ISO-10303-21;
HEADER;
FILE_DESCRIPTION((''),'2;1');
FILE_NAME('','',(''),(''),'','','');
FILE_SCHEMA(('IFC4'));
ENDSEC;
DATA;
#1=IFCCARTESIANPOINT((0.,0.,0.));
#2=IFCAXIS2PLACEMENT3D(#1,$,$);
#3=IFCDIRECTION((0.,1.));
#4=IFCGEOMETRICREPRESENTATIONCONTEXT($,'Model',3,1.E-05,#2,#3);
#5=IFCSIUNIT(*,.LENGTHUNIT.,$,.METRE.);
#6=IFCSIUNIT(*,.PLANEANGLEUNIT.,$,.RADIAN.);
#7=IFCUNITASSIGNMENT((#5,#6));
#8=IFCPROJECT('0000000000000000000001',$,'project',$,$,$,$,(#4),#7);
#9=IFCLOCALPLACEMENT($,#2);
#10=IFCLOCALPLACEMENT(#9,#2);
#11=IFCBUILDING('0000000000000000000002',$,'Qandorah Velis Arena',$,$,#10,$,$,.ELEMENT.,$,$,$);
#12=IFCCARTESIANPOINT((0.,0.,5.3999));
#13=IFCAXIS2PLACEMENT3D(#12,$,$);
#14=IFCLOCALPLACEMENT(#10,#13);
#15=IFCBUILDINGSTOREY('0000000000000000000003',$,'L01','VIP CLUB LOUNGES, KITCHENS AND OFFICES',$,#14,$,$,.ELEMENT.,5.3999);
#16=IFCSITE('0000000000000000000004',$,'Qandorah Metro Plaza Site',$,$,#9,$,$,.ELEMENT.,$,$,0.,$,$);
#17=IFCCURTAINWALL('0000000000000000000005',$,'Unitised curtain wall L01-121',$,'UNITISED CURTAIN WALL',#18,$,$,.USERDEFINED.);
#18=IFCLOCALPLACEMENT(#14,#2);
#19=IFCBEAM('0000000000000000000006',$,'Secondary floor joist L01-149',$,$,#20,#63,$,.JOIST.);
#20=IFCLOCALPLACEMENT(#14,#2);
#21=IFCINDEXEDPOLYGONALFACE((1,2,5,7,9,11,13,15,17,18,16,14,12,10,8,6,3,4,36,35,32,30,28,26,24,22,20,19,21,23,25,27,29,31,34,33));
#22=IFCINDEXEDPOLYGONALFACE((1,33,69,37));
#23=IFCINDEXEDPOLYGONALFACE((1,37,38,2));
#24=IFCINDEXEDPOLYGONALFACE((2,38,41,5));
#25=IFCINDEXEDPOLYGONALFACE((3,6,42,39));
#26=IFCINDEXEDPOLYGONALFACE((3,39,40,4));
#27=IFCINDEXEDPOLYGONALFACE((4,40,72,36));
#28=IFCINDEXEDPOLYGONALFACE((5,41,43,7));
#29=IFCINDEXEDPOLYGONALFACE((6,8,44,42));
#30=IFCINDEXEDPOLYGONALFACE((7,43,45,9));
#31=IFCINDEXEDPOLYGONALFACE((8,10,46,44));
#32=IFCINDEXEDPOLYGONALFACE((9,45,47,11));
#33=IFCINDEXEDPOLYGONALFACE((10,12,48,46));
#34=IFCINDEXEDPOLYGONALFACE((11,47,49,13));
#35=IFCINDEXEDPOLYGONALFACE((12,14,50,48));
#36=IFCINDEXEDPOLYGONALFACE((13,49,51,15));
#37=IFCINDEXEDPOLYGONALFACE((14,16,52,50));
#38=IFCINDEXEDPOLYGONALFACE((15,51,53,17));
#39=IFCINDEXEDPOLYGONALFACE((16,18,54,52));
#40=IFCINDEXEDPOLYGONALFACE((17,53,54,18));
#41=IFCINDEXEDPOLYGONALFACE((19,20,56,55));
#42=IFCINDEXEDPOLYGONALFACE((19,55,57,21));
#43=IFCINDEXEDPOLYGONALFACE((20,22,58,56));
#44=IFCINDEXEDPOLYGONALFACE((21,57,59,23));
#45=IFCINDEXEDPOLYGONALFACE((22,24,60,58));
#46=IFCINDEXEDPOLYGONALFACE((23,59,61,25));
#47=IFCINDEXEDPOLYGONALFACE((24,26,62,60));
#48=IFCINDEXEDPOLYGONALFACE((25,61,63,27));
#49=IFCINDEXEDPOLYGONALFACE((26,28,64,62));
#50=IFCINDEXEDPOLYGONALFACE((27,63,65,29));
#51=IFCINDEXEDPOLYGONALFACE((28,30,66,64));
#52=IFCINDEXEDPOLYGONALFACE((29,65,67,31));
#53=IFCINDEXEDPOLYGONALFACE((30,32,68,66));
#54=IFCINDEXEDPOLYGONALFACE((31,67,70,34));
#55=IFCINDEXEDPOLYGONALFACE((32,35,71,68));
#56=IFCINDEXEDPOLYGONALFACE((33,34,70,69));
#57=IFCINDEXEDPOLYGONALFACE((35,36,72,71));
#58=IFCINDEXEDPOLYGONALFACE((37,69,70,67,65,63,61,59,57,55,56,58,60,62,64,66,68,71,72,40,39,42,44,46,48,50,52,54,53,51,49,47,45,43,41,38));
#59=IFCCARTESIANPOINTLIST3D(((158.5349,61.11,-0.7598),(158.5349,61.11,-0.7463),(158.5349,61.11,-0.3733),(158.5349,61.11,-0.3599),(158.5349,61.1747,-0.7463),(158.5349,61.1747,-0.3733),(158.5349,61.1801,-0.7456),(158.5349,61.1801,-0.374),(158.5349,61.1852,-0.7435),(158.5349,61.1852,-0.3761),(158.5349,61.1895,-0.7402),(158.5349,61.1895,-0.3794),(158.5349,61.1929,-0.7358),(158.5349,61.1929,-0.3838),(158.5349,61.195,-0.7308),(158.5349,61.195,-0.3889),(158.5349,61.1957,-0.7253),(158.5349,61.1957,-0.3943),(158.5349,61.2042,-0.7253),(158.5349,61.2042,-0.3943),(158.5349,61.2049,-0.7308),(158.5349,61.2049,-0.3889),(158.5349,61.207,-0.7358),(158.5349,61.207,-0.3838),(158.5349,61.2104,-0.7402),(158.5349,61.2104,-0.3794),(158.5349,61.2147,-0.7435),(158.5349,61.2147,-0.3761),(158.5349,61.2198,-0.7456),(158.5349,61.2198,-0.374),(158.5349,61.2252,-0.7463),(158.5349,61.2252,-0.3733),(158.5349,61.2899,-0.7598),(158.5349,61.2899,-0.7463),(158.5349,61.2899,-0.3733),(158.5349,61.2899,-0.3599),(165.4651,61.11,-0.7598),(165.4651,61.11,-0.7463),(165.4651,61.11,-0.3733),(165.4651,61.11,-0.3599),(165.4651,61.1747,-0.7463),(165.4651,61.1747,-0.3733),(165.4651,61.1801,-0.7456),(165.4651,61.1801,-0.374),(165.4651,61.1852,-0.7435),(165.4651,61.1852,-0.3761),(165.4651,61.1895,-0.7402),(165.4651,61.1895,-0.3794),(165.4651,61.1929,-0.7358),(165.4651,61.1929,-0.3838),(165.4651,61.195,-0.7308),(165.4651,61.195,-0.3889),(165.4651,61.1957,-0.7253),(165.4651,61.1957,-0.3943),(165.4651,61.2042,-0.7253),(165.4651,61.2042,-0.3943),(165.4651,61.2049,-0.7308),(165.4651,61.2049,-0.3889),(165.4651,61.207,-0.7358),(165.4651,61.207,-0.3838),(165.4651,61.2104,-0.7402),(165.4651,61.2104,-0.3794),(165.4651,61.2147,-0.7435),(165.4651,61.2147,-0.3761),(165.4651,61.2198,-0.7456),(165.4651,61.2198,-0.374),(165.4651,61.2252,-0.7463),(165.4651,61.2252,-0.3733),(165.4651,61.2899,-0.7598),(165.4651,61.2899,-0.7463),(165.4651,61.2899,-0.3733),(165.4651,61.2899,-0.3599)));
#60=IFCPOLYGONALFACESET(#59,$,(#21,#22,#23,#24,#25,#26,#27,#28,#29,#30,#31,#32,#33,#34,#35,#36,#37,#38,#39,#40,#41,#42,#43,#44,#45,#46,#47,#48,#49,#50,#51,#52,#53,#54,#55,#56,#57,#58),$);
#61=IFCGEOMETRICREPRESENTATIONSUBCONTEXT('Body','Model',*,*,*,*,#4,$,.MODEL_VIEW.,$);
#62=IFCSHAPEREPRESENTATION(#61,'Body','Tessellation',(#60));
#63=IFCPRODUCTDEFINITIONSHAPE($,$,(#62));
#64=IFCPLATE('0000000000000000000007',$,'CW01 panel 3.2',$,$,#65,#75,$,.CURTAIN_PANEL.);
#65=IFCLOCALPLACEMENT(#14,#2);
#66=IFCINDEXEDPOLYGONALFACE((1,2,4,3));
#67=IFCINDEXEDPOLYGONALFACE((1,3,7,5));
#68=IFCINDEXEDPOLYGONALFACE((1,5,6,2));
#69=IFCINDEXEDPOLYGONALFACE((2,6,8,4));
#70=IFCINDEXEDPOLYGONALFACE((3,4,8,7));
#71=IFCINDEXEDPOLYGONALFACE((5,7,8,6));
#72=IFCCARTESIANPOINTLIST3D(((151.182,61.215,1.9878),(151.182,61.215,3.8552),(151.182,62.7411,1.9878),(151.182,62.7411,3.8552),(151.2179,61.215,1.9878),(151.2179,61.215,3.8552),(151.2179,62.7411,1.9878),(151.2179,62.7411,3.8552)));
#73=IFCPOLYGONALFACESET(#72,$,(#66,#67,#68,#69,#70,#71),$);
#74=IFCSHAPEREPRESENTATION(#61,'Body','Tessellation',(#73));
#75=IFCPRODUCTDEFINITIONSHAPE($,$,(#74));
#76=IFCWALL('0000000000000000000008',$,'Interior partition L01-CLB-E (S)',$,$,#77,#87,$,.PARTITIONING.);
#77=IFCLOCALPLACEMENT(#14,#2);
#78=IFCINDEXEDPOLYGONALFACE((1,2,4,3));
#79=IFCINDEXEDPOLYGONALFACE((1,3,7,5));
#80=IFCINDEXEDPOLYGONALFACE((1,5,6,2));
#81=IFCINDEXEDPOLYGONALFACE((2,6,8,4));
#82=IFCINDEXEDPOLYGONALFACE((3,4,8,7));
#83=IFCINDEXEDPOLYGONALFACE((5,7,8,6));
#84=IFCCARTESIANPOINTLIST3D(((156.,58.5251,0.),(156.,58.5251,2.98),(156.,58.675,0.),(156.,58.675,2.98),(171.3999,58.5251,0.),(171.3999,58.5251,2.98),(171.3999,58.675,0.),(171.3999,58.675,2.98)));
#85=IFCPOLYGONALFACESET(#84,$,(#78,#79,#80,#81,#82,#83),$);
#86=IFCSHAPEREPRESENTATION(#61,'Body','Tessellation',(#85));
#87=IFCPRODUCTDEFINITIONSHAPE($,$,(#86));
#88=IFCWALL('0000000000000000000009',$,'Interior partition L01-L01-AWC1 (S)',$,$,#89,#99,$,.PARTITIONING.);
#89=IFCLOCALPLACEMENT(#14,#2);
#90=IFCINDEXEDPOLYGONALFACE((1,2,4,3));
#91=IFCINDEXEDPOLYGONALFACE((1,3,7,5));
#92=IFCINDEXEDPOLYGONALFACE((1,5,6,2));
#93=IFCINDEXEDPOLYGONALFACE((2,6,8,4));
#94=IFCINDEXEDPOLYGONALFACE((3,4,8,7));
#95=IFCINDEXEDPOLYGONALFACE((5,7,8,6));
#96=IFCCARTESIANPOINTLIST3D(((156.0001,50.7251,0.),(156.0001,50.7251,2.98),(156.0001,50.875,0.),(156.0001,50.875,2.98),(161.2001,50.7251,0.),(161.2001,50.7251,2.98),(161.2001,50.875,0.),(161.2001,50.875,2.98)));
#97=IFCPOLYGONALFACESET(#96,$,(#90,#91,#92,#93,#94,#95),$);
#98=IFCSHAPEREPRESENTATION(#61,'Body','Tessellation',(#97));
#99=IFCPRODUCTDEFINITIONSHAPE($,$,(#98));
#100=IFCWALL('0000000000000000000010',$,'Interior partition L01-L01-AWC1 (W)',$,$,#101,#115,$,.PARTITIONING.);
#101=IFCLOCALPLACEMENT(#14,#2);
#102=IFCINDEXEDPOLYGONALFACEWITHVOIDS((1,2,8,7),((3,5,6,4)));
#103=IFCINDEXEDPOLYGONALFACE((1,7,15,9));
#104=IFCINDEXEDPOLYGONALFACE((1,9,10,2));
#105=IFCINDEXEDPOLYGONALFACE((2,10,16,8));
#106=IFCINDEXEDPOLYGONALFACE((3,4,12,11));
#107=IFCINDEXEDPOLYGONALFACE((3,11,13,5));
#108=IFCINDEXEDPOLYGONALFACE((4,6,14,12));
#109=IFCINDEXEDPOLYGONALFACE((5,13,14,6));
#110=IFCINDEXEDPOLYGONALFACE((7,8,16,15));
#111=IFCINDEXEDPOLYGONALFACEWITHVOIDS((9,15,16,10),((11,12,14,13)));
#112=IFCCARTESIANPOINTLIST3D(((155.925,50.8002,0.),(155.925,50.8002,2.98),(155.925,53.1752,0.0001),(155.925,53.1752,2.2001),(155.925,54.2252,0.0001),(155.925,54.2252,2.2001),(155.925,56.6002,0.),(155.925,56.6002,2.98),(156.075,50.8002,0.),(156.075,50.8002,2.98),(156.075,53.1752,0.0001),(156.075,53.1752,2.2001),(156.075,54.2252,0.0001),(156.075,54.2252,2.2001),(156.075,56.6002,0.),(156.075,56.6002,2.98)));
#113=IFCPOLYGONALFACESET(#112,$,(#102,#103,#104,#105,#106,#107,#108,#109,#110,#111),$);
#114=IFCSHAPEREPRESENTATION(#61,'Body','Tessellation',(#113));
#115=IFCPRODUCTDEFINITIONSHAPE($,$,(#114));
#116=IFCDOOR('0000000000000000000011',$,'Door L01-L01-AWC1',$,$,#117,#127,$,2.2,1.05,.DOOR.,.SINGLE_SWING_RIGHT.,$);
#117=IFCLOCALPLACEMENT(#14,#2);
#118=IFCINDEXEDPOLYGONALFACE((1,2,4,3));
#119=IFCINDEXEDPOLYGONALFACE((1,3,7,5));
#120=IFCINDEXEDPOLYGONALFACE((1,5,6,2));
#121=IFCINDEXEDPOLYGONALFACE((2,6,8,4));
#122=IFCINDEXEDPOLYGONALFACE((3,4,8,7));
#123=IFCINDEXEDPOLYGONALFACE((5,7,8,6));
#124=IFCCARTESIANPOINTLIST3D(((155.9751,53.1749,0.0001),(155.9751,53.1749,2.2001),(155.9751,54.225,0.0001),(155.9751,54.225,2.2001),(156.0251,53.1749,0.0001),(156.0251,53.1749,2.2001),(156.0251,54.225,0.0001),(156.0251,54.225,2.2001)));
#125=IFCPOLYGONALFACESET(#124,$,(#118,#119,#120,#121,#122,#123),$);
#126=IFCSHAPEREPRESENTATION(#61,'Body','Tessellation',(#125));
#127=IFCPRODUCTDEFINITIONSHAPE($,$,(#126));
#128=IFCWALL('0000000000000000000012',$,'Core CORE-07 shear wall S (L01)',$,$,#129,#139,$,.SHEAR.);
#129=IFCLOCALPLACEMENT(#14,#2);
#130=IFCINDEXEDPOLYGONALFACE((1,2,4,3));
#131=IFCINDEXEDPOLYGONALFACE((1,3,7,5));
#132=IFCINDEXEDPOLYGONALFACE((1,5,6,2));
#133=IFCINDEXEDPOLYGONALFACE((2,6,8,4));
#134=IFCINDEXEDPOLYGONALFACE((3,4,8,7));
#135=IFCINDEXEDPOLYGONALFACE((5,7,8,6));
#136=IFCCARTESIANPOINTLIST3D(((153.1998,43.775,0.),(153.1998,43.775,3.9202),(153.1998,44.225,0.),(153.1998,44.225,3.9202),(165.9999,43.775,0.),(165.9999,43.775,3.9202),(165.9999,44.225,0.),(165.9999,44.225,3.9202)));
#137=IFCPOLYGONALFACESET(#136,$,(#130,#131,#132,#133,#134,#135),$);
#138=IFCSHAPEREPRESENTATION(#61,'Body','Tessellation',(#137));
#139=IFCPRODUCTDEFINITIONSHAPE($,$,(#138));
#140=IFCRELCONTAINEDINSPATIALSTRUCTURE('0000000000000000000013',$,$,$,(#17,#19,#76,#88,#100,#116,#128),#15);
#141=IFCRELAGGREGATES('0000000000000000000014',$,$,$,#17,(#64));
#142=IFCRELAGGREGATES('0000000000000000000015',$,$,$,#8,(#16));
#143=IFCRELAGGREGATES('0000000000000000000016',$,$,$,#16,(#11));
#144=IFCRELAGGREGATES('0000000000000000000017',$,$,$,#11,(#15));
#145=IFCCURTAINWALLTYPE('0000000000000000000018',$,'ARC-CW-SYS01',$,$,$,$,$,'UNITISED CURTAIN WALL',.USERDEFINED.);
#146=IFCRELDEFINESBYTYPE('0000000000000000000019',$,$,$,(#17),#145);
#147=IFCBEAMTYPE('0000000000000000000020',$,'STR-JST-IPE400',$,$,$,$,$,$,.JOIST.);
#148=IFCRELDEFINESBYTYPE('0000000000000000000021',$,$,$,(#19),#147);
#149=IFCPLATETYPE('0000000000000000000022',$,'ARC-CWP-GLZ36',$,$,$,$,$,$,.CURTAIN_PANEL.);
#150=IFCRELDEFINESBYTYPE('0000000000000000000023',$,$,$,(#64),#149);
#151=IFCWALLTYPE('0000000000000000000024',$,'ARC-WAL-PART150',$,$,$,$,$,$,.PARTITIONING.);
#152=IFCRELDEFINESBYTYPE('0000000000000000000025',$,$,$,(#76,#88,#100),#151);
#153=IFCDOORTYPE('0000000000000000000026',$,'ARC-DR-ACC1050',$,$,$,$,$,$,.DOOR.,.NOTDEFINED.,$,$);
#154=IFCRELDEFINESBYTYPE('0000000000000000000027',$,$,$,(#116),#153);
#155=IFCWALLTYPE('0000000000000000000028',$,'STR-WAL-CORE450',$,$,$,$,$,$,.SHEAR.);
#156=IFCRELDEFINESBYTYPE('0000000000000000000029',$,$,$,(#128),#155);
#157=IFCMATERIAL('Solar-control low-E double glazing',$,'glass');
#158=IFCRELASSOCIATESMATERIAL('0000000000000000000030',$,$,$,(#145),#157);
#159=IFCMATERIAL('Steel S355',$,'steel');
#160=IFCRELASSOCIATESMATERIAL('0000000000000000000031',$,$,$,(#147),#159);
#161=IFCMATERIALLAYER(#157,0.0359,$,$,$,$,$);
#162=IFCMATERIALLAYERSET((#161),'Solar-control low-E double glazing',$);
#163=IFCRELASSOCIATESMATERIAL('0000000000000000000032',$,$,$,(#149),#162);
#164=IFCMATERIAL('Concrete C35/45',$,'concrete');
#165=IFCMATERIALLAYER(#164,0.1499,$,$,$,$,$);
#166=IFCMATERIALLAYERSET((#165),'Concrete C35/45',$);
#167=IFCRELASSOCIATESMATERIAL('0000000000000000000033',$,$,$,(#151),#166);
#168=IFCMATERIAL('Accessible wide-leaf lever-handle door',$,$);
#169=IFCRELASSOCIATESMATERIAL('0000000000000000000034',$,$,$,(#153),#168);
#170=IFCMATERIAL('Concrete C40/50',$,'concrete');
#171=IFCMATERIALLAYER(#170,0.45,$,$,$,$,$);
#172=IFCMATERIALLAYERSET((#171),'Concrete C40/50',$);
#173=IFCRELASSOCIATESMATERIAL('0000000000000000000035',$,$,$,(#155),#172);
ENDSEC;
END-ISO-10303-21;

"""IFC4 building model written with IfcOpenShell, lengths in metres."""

from ifc_helpers import new_model, si_unit, direction, frame, frame_2d, origin, origin_2d, place, context, subcontext, project, spatial, rectangle, i_section, extrude, material, layer, layer_set, material_profile, profile_set, type_object, element, fill, aggregate, save


model = new_model("IFC4")

# Units and contexts
model_context = context("Model", 3, precision=1e-05, world=origin(), true_north=direction((0.0, 1.0)))
body_context = subcontext(model_context, "Body", "Model", "MODEL_VIEW")
ifc_project = project(units=[si_unit("LENGTHUNIT", "METRE"), si_unit("PLANEANGLEUNIT", "RADIAN")], contexts=[model_context])

# Site, building, storey
site_placement = place(None, origin())
site = spatial("IfcSite", under=ifc_project, at=site_placement, Name="Qandorah Metro Plaza Site", CompositionType="ELEMENT", RefElevation=0.0)
building_placement = place(site_placement, origin())
building = spatial("IfcBuilding", under=site, at=building_placement, Name="Qandorah Velis Arena", CompositionType="ELEMENT")
storey_placement = place(building_placement, frame((0.0, 0.0, 5.3999)))
storey = spatial("IfcBuildingStorey", under=building, at=storey_placement, Name="L01", Description="VIP CLUB LOUNGES, KITCHENS AND OFFICES", CompositionType="ELEMENT", Elevation=5.3999)

# Shared definitions
ifc_material_1 = material(Name="Concrete C40/50", Category="concrete")

# Curtain wall
ifc_material_2 = material(Name="Solar-control low-E double glazing", Category="glass")
curtain_wall_type = type_object("IfcCurtainWallType", Name="ARC-CW-SYS01", ElementType="UNITISED CURTAIN WALL", PredefinedType="USERDEFINED", material=ifc_material_2)
curtain_wall_placement = place(storey_placement, origin())
curtain_wall = element("IfcCurtainWall", 1, at=curtain_wall_placement, inside=storey, type_object=curtain_wall_type, Name="Unitised curtain wall L01-121", ObjectType="UNITISED CURTAIN WALL", PredefinedType="USERDEFINED")

# Beam
ifc_material_3 = material(Name="Steel S355", Category="steel")
ifc_material_profile_1 = material_profile(ifc_material_3, i_section(OverallWidth=0.1799, OverallDepth=0.3999, WebThickness=0.0085, FlangeThickness=0.0134, FilletRadius=0.021, at=origin_2d()), Name="IPE 400")
ifc_profile_set_1 = profile_set([ifc_material_profile_1], Name="Steel S355")
beam_type_1 = type_object("IfcBeamType", Name="STR-JST-IPE400", PredefinedType="JOIST", material=ifc_profile_set_1)
beam_1_placement = place(storey_placement, frame((158.5349, 61.2, -0.5598), z_axis=(1.0, 0.0, 0.0), x_axis=(0.0, 1.0, 0.0)))
element("IfcBeam", 2, at=beam_1_placement, inside=storey, type_object=beam_type_1, Name="Secondary floor joist L01-149", PredefinedType="JOIST", context=body_context, shape_type="SweptSolid", body=[
    extrude(i_section(OverallWidth=0.1799, OverallDepth=0.3999, WebThickness=0.0085, FlangeThickness=0.0134, FilletRadius=0.021, at=origin_2d()), origin(), (0.0, 0.0, 1.0), 6.9302),
])

# Plate
ifc_layer_1 = layer(ifc_material_2, 0.0359)
ifc_layer_set_1 = layer_set([ifc_layer_1], Name="Solar-control low-E double glazing")
plate_type = type_object("IfcPlateType", Name="ARC-CWP-GLZ36", PredefinedType="CURTAIN_PANEL", material=ifc_layer_set_1)
plate_placement = place(storey_placement, frame((151.2, 61.978, 1.9878), z_axis=(0.0, 0.0, 1.0), x_axis=(0.0, 1.0, 0.0)))
plate = element("IfcPlate", 3, at=plate_placement, type_object=plate_type, Name="CW01 panel 3.2", PredefinedType="CURTAIN_PANEL", context=body_context, shape_type="SweptSolid", body=[
    extrude(rectangle(XDim=1.5261, YDim=0.0359, at=origin_2d()), origin(), (0.0, 0.0, 1.0), 1.8674),
])
aggregate(curtain_wall, [plate])

# Walls
ifc_material_4 = material(Name="Concrete C35/45", Category="concrete")
ifc_layer_2 = layer(ifc_material_4, 0.1499)
ifc_layer_set_2 = layer_set([ifc_layer_2], Name="Concrete C35/45")
wall_type_1 = type_object("IfcWallType", Name="ARC-WAL-PART150", PredefinedType="PARTITIONING", material=ifc_layer_set_2)
wall_1_placement = place(storey_placement, frame((156.0, 58.6001, 0.0), z_axis=(0.0, 0.0, 1.0), x_axis=(1.0, 0.0, 0.0)))
element("IfcWall", 4, at=wall_1_placement, inside=storey, type_object=wall_type_1, Name="Interior partition L01-CLB-E (S)", PredefinedType="PARTITIONING", context=body_context, shape_type="SweptSolid", body=[
    extrude(rectangle(XDim=15.3999, YDim=0.1499, at=frame_2d((7.7, 0.0))), origin(), (0.0, 0.0, 1.0), 2.98),
])
wall_2_placement = place(storey_placement, frame((156.0, 50.8, 0.0), z_axis=(0.0, 0.0, 1.0), x_axis=(1.0, 0.0, 0.0)))
element("IfcWall", 5, at=wall_2_placement, inside=storey, type_object=wall_type_1, Name="Interior partition L01-L01-AWC1 (S)", PredefinedType="PARTITIONING", context=body_context, shape_type="SweptSolid", body=[
    extrude(rectangle(XDim=5.2, YDim=0.1499, at=frame_2d((2.6001, 0.0))), origin(), (0.0, 0.0, 1.0), 2.98),
])

# Wall, opening, door
wall_3_placement = place(storey_placement, frame((156.0, 56.6001, 0.0), z_axis=(0.0, 0.0, 1.0), x_axis=(0.0, -1.0, 0.0)))
wall_3 = element("IfcWall", 6, at=wall_3_placement, inside=storey, type_object=wall_type_1, Name="Interior partition L01-L01-AWC1 (W)", PredefinedType="PARTITIONING", context=body_context, shape_type="SweptSolid", body=[
    extrude(rectangle(XDim=5.8, YDim=0.1499, at=frame_2d((2.8999, 0.0))), origin(), (0.0, 0.0, 1.0), 2.98),
])
opening_1_placement = place(wall_3_placement, frame((2.375, 0.0, 0.0)))
opening_1 = element("IfcOpeningElement", 7, at=opening_1_placement, cuts=wall_3, PredefinedType="OPENING", context=body_context, shape_type="SweptSolid", body=[
    extrude(rectangle(XDim=1.05, YDim=2.2, at=frame_2d((0.5249, 1.1001))), frame((0.0, 0.085, 0.0), z_axis=(0.0, -1.0, 0.0), x_axis=(1.0, 0.0, 0.0)), (0.0, 0.0, 1.0), 0.1699),
])
ifc_material_5 = material(Name="Accessible wide-leaf lever-handle door")
door_type_1 = type_object("IfcDoorType", Name="ARC-DR-ACC1050", OperationType="NOTDEFINED", PredefinedType="DOOR", material=ifc_material_5)
door_1_placement = place(opening_1_placement, frame((1.05, 0.0, 0.0), z_axis=(0.0, 0.0, 1.0), x_axis=(-1.0, 0.0, 0.0)))
door_1 = element("IfcDoor", 8, at=door_1_placement, inside=storey, type_object=door_type_1, Name="Door L01-L01-AWC1", OperationType="SINGLE_SWING_RIGHT", OverallHeight=2.2, OverallWidth=1.05, PredefinedType="DOOR", context=body_context, shape_type="SweptSolid", body=[
    extrude(rectangle(XDim=1.05, YDim=2.2, at=frame_2d((0.5249, 1.1001))), frame((0.0, 0.0249, 0.0), z_axis=(0.0, -1.0, 0.0), x_axis=(1.0, 0.0, 0.0)), (0.0, 0.0, 1.0), 0.05),
])
fill(opening_1, door_1)

# Wall
ifc_layer_3 = layer(ifc_material_1, 0.45)
ifc_layer_set_3 = layer_set([ifc_layer_3], Name="Concrete C40/50")
wall_type_2 = type_object("IfcWallType", Name="STR-WAL-CORE450", PredefinedType="SHEAR", material=ifc_layer_set_3)
wall_4_placement = place(storey_placement, frame((153.2, 44.0, 0.0), z_axis=(0.0, 0.0, 1.0), x_axis=(1.0, 0.0, 0.0)))
element("IfcWall", 9, at=wall_4_placement, inside=storey, type_object=wall_type_2, Name="Core CORE-07 shear wall S (L01)", PredefinedType="SHEAR", context=body_context, shape_type="SweptSolid", body=[
    extrude(rectangle(XDim=12.8, YDim=0.45, at=frame_2d((6.3999, 0.0))), origin(), (0.0, 0.0, 1.0), 3.9202),
])

save(model, "model.ifc")
